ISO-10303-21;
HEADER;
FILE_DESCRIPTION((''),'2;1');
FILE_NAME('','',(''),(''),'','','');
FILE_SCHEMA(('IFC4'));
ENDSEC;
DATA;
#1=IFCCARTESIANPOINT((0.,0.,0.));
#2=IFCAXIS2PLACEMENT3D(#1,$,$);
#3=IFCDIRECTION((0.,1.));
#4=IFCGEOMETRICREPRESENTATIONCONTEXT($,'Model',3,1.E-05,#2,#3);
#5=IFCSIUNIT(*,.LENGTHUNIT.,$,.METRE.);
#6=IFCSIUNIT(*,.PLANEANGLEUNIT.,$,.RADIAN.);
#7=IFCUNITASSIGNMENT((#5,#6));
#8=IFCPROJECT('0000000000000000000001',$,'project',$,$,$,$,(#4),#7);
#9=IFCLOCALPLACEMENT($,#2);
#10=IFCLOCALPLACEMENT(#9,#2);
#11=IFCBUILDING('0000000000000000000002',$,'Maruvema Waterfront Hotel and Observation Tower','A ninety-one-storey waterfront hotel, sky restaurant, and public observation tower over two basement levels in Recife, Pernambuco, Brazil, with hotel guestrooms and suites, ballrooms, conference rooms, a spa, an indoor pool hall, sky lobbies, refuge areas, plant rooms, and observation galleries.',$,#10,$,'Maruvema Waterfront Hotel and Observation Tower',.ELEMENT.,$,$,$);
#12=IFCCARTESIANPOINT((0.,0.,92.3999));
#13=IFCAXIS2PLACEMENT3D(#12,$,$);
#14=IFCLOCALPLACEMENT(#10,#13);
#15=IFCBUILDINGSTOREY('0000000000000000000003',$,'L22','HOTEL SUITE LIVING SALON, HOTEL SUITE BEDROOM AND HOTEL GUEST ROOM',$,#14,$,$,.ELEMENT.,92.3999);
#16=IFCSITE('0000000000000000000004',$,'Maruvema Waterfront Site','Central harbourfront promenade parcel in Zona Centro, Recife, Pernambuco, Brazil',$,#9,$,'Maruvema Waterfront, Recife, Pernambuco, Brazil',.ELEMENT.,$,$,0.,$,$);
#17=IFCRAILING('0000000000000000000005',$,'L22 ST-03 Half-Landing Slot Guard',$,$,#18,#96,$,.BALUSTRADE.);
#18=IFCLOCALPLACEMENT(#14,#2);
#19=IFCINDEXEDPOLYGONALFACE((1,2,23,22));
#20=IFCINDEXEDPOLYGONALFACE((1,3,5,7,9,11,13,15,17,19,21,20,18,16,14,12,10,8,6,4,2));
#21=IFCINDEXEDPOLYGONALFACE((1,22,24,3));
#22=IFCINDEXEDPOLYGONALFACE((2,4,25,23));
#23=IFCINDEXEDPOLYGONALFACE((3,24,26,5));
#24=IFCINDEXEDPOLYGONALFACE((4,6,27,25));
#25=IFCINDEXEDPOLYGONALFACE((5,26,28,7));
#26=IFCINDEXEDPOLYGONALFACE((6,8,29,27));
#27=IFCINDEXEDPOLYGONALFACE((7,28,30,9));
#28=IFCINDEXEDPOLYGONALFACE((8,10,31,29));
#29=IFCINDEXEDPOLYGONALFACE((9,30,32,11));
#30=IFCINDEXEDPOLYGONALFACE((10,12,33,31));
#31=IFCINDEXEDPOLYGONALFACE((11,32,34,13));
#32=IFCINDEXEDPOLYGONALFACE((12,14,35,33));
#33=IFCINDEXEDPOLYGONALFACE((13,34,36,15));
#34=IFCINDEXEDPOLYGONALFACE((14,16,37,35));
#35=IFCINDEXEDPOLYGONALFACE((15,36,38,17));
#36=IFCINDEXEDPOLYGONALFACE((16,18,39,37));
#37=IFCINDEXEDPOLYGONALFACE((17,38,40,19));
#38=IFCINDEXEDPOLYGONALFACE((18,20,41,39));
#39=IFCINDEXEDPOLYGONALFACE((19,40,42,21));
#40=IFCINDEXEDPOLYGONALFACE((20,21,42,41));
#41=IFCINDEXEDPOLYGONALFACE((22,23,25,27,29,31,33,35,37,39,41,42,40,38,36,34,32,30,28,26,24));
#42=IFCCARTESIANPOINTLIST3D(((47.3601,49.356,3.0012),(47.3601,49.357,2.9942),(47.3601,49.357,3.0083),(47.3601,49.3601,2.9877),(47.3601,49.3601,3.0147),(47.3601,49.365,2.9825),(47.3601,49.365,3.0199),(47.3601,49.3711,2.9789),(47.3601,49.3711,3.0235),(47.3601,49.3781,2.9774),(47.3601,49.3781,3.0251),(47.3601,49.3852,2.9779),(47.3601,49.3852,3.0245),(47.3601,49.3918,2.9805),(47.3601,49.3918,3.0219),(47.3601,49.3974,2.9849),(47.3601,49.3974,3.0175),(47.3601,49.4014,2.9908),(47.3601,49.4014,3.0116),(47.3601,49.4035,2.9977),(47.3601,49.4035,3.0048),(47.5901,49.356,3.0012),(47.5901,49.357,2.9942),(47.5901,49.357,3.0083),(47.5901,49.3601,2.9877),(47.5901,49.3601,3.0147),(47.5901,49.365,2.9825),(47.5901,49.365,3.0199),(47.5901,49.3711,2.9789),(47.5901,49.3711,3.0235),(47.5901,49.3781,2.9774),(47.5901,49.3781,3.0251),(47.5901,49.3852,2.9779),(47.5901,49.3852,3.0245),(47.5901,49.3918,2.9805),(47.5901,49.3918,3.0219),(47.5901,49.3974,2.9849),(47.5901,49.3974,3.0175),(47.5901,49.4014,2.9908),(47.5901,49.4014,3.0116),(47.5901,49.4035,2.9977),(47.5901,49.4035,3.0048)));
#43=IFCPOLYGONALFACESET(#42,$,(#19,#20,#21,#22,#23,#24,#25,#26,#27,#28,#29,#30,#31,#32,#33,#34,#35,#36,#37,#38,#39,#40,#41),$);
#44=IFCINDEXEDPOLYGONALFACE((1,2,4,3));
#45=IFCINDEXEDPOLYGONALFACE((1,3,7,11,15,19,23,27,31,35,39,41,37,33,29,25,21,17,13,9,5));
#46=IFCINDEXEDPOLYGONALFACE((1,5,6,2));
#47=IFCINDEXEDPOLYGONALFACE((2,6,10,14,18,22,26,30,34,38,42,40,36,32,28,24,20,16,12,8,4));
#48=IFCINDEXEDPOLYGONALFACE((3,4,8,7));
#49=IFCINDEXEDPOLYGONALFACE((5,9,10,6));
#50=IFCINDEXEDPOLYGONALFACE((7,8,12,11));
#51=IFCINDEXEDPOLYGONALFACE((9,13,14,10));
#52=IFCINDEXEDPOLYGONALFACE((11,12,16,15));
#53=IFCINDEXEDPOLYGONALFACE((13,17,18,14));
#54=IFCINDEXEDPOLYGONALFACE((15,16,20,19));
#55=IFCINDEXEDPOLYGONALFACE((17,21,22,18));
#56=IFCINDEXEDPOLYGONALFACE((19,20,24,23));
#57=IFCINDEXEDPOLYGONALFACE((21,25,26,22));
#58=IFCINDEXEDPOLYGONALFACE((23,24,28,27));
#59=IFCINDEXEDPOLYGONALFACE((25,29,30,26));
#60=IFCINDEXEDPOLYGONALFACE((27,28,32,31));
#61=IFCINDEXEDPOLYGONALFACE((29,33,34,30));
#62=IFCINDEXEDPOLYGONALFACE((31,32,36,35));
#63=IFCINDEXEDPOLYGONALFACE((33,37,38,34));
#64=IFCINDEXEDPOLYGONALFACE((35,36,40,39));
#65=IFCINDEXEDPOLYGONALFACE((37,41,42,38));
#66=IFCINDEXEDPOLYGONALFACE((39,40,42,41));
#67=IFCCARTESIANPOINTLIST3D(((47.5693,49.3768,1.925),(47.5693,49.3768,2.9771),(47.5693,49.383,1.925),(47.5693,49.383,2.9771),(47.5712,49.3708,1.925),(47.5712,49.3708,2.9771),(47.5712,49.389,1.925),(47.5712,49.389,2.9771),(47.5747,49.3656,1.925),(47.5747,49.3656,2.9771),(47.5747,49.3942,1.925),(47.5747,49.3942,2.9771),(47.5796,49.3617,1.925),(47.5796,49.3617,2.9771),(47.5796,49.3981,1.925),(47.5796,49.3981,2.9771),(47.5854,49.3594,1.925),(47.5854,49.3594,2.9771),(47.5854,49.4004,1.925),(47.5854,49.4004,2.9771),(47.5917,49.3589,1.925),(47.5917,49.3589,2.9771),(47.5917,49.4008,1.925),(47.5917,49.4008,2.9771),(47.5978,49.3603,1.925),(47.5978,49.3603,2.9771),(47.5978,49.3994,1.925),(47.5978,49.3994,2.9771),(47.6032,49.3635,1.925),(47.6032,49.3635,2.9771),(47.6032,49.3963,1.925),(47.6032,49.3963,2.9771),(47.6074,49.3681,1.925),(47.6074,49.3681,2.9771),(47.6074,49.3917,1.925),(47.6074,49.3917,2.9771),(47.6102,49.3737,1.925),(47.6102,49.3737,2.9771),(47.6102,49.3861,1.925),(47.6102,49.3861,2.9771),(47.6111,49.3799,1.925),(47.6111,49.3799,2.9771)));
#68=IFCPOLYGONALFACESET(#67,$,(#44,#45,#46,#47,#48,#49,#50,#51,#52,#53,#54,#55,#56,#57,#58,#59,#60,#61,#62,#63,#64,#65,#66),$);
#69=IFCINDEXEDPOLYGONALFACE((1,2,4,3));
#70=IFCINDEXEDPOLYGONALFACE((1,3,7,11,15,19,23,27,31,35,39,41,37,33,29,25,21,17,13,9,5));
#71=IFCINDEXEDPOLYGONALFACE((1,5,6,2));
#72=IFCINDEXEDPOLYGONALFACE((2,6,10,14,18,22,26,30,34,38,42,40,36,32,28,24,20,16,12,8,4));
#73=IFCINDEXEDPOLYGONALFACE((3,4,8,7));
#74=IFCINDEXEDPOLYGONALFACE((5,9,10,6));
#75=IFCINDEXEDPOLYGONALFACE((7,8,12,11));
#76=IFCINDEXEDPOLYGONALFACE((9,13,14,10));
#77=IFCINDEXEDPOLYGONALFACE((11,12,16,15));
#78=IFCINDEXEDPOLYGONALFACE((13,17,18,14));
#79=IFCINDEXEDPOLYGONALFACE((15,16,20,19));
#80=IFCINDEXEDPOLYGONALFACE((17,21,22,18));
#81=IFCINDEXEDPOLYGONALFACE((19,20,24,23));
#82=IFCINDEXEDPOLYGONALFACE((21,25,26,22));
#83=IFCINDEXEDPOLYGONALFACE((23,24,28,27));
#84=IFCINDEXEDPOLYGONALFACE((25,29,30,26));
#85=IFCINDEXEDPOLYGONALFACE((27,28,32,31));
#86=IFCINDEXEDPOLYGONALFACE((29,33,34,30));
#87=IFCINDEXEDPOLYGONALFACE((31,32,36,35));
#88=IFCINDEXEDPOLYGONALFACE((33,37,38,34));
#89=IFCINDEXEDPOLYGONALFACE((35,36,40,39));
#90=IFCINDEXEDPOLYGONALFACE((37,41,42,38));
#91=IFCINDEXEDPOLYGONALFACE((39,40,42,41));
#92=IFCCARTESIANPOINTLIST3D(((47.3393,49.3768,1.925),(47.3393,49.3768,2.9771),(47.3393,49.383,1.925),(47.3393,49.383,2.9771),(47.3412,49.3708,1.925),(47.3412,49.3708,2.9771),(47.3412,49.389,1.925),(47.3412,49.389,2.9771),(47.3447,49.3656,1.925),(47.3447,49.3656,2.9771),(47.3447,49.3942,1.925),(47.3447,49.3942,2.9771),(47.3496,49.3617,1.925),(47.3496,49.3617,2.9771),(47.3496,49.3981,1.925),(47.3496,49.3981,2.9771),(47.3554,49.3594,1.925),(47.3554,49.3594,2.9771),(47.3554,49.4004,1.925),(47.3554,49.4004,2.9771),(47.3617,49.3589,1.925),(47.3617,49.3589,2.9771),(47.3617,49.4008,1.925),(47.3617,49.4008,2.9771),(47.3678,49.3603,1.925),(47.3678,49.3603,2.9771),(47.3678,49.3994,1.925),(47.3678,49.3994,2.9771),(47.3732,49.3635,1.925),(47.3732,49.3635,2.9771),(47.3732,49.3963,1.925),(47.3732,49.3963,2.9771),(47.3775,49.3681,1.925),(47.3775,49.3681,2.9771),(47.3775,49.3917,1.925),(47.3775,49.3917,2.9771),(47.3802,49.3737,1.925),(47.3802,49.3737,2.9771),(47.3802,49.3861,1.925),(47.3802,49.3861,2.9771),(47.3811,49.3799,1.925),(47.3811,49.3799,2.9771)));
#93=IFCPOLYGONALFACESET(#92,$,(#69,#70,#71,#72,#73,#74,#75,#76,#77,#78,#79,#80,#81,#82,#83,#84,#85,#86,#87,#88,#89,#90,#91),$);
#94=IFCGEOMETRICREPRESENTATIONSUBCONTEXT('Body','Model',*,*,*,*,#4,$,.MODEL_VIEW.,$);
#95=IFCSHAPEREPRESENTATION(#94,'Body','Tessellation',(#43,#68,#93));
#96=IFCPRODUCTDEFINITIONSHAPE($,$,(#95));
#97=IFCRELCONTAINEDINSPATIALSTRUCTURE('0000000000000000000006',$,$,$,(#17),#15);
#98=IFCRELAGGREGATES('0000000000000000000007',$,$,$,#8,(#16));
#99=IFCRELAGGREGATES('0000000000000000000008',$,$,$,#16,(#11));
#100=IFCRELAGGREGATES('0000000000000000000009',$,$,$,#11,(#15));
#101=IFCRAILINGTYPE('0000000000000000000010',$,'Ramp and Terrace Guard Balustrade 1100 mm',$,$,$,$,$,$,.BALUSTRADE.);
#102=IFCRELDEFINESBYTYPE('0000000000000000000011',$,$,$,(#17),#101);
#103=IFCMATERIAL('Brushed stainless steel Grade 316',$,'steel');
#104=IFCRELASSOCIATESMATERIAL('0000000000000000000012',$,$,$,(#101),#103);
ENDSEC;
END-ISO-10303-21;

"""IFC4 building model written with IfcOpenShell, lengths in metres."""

from ifc_helpers import new_model, si_unit, direction, frame, origin, origin_2d, place, context, subcontext, project, spatial, circle, extrude, material, type_object, element, save


model = new_model("IFC4")

# Units and contexts
model_context = context("Model", 3, precision=1e-05, world=origin(), true_north=direction((0.0, 1.0)))
body_context = subcontext(model_context, "Body", "Model", "MODEL_VIEW")
ifc_project = project(units=[si_unit("LENGTHUNIT", "METRE"), si_unit("PLANEANGLEUNIT", "RADIAN")], contexts=[model_context])

# Site, building, storey
site_placement = place(None, origin())
site = spatial("IfcSite", under=ifc_project, at=site_placement, Name="Maruvema Waterfront Site", Description="Central harbourfront promenade parcel in Zona Centro, Recife, Pernambuco, Brazil", LongName="Maruvema Waterfront, Recife, Pernambuco, Brazil", CompositionType="ELEMENT", RefElevation=0.0)
building_placement = place(site_placement, origin())
building = spatial("IfcBuilding", under=site, at=building_placement, Name="Maruvema Waterfront Hotel and Observation Tower", Description="A ninety-one-storey waterfront hotel, sky restaurant, and public observation tower over two basement levels in Recife, Pernambuco, Brazil, with hotel guestrooms and suites, ballrooms, conference rooms, a spa, an indoor pool hall, sky lobbies, refuge areas, plant rooms, and observation galleries.", LongName="Maruvema Waterfront Hotel and Observation Tower", CompositionType="ELEMENT")
storey_placement = place(building_placement, frame((0.0, 0.0, 92.3999)))
storey = spatial("IfcBuildingStorey", under=building, at=storey_placement, Name="L22", Description="HOTEL SUITE LIVING SALON, HOTEL SUITE BEDROOM AND HOTEL GUEST ROOM", CompositionType="ELEMENT", Elevation=92.3999)

# Railing
ifc_material_1 = material(Name="Brushed stainless steel Grade 316", Category="steel")
railing_type_1 = type_object("IfcRailingType", Name="Ramp and Terrace Guard Balustrade 1100 mm", PredefinedType="BALUSTRADE", material=ifc_material_1)
railing_1_placement = place(storey_placement, frame((47.5901, 49.3799, 1.925)))
element("IfcRailing", 1, at=railing_1_placement, inside=storey, type_object=railing_type_1, Name="L22 ST-03 Half-Landing Slot Guard", PredefinedType="BALUSTRADE", context=body_context, shape_type="SweptSolid", body=[
    extrude(circle(Radius=0.0239, at=origin_2d()), frame((0.0, 0.0, 1.0762), z_axis=(-1.0, 0.0, 0.0), x_axis=(0.0, -1.0, 0.0)), (0.0, 0.0, 1.0), 0.23),
    extrude(circle(Radius=0.021, at=origin_2d()), origin(), (0.0, 0.0, 1.0), 1.052),
    extrude(circle(Radius=0.021, at=origin_2d()), frame((-0.23, 0.0, 0.0)), (0.0, 0.0, 1.0), 1.052),
])

save(model, "model.ifc")
